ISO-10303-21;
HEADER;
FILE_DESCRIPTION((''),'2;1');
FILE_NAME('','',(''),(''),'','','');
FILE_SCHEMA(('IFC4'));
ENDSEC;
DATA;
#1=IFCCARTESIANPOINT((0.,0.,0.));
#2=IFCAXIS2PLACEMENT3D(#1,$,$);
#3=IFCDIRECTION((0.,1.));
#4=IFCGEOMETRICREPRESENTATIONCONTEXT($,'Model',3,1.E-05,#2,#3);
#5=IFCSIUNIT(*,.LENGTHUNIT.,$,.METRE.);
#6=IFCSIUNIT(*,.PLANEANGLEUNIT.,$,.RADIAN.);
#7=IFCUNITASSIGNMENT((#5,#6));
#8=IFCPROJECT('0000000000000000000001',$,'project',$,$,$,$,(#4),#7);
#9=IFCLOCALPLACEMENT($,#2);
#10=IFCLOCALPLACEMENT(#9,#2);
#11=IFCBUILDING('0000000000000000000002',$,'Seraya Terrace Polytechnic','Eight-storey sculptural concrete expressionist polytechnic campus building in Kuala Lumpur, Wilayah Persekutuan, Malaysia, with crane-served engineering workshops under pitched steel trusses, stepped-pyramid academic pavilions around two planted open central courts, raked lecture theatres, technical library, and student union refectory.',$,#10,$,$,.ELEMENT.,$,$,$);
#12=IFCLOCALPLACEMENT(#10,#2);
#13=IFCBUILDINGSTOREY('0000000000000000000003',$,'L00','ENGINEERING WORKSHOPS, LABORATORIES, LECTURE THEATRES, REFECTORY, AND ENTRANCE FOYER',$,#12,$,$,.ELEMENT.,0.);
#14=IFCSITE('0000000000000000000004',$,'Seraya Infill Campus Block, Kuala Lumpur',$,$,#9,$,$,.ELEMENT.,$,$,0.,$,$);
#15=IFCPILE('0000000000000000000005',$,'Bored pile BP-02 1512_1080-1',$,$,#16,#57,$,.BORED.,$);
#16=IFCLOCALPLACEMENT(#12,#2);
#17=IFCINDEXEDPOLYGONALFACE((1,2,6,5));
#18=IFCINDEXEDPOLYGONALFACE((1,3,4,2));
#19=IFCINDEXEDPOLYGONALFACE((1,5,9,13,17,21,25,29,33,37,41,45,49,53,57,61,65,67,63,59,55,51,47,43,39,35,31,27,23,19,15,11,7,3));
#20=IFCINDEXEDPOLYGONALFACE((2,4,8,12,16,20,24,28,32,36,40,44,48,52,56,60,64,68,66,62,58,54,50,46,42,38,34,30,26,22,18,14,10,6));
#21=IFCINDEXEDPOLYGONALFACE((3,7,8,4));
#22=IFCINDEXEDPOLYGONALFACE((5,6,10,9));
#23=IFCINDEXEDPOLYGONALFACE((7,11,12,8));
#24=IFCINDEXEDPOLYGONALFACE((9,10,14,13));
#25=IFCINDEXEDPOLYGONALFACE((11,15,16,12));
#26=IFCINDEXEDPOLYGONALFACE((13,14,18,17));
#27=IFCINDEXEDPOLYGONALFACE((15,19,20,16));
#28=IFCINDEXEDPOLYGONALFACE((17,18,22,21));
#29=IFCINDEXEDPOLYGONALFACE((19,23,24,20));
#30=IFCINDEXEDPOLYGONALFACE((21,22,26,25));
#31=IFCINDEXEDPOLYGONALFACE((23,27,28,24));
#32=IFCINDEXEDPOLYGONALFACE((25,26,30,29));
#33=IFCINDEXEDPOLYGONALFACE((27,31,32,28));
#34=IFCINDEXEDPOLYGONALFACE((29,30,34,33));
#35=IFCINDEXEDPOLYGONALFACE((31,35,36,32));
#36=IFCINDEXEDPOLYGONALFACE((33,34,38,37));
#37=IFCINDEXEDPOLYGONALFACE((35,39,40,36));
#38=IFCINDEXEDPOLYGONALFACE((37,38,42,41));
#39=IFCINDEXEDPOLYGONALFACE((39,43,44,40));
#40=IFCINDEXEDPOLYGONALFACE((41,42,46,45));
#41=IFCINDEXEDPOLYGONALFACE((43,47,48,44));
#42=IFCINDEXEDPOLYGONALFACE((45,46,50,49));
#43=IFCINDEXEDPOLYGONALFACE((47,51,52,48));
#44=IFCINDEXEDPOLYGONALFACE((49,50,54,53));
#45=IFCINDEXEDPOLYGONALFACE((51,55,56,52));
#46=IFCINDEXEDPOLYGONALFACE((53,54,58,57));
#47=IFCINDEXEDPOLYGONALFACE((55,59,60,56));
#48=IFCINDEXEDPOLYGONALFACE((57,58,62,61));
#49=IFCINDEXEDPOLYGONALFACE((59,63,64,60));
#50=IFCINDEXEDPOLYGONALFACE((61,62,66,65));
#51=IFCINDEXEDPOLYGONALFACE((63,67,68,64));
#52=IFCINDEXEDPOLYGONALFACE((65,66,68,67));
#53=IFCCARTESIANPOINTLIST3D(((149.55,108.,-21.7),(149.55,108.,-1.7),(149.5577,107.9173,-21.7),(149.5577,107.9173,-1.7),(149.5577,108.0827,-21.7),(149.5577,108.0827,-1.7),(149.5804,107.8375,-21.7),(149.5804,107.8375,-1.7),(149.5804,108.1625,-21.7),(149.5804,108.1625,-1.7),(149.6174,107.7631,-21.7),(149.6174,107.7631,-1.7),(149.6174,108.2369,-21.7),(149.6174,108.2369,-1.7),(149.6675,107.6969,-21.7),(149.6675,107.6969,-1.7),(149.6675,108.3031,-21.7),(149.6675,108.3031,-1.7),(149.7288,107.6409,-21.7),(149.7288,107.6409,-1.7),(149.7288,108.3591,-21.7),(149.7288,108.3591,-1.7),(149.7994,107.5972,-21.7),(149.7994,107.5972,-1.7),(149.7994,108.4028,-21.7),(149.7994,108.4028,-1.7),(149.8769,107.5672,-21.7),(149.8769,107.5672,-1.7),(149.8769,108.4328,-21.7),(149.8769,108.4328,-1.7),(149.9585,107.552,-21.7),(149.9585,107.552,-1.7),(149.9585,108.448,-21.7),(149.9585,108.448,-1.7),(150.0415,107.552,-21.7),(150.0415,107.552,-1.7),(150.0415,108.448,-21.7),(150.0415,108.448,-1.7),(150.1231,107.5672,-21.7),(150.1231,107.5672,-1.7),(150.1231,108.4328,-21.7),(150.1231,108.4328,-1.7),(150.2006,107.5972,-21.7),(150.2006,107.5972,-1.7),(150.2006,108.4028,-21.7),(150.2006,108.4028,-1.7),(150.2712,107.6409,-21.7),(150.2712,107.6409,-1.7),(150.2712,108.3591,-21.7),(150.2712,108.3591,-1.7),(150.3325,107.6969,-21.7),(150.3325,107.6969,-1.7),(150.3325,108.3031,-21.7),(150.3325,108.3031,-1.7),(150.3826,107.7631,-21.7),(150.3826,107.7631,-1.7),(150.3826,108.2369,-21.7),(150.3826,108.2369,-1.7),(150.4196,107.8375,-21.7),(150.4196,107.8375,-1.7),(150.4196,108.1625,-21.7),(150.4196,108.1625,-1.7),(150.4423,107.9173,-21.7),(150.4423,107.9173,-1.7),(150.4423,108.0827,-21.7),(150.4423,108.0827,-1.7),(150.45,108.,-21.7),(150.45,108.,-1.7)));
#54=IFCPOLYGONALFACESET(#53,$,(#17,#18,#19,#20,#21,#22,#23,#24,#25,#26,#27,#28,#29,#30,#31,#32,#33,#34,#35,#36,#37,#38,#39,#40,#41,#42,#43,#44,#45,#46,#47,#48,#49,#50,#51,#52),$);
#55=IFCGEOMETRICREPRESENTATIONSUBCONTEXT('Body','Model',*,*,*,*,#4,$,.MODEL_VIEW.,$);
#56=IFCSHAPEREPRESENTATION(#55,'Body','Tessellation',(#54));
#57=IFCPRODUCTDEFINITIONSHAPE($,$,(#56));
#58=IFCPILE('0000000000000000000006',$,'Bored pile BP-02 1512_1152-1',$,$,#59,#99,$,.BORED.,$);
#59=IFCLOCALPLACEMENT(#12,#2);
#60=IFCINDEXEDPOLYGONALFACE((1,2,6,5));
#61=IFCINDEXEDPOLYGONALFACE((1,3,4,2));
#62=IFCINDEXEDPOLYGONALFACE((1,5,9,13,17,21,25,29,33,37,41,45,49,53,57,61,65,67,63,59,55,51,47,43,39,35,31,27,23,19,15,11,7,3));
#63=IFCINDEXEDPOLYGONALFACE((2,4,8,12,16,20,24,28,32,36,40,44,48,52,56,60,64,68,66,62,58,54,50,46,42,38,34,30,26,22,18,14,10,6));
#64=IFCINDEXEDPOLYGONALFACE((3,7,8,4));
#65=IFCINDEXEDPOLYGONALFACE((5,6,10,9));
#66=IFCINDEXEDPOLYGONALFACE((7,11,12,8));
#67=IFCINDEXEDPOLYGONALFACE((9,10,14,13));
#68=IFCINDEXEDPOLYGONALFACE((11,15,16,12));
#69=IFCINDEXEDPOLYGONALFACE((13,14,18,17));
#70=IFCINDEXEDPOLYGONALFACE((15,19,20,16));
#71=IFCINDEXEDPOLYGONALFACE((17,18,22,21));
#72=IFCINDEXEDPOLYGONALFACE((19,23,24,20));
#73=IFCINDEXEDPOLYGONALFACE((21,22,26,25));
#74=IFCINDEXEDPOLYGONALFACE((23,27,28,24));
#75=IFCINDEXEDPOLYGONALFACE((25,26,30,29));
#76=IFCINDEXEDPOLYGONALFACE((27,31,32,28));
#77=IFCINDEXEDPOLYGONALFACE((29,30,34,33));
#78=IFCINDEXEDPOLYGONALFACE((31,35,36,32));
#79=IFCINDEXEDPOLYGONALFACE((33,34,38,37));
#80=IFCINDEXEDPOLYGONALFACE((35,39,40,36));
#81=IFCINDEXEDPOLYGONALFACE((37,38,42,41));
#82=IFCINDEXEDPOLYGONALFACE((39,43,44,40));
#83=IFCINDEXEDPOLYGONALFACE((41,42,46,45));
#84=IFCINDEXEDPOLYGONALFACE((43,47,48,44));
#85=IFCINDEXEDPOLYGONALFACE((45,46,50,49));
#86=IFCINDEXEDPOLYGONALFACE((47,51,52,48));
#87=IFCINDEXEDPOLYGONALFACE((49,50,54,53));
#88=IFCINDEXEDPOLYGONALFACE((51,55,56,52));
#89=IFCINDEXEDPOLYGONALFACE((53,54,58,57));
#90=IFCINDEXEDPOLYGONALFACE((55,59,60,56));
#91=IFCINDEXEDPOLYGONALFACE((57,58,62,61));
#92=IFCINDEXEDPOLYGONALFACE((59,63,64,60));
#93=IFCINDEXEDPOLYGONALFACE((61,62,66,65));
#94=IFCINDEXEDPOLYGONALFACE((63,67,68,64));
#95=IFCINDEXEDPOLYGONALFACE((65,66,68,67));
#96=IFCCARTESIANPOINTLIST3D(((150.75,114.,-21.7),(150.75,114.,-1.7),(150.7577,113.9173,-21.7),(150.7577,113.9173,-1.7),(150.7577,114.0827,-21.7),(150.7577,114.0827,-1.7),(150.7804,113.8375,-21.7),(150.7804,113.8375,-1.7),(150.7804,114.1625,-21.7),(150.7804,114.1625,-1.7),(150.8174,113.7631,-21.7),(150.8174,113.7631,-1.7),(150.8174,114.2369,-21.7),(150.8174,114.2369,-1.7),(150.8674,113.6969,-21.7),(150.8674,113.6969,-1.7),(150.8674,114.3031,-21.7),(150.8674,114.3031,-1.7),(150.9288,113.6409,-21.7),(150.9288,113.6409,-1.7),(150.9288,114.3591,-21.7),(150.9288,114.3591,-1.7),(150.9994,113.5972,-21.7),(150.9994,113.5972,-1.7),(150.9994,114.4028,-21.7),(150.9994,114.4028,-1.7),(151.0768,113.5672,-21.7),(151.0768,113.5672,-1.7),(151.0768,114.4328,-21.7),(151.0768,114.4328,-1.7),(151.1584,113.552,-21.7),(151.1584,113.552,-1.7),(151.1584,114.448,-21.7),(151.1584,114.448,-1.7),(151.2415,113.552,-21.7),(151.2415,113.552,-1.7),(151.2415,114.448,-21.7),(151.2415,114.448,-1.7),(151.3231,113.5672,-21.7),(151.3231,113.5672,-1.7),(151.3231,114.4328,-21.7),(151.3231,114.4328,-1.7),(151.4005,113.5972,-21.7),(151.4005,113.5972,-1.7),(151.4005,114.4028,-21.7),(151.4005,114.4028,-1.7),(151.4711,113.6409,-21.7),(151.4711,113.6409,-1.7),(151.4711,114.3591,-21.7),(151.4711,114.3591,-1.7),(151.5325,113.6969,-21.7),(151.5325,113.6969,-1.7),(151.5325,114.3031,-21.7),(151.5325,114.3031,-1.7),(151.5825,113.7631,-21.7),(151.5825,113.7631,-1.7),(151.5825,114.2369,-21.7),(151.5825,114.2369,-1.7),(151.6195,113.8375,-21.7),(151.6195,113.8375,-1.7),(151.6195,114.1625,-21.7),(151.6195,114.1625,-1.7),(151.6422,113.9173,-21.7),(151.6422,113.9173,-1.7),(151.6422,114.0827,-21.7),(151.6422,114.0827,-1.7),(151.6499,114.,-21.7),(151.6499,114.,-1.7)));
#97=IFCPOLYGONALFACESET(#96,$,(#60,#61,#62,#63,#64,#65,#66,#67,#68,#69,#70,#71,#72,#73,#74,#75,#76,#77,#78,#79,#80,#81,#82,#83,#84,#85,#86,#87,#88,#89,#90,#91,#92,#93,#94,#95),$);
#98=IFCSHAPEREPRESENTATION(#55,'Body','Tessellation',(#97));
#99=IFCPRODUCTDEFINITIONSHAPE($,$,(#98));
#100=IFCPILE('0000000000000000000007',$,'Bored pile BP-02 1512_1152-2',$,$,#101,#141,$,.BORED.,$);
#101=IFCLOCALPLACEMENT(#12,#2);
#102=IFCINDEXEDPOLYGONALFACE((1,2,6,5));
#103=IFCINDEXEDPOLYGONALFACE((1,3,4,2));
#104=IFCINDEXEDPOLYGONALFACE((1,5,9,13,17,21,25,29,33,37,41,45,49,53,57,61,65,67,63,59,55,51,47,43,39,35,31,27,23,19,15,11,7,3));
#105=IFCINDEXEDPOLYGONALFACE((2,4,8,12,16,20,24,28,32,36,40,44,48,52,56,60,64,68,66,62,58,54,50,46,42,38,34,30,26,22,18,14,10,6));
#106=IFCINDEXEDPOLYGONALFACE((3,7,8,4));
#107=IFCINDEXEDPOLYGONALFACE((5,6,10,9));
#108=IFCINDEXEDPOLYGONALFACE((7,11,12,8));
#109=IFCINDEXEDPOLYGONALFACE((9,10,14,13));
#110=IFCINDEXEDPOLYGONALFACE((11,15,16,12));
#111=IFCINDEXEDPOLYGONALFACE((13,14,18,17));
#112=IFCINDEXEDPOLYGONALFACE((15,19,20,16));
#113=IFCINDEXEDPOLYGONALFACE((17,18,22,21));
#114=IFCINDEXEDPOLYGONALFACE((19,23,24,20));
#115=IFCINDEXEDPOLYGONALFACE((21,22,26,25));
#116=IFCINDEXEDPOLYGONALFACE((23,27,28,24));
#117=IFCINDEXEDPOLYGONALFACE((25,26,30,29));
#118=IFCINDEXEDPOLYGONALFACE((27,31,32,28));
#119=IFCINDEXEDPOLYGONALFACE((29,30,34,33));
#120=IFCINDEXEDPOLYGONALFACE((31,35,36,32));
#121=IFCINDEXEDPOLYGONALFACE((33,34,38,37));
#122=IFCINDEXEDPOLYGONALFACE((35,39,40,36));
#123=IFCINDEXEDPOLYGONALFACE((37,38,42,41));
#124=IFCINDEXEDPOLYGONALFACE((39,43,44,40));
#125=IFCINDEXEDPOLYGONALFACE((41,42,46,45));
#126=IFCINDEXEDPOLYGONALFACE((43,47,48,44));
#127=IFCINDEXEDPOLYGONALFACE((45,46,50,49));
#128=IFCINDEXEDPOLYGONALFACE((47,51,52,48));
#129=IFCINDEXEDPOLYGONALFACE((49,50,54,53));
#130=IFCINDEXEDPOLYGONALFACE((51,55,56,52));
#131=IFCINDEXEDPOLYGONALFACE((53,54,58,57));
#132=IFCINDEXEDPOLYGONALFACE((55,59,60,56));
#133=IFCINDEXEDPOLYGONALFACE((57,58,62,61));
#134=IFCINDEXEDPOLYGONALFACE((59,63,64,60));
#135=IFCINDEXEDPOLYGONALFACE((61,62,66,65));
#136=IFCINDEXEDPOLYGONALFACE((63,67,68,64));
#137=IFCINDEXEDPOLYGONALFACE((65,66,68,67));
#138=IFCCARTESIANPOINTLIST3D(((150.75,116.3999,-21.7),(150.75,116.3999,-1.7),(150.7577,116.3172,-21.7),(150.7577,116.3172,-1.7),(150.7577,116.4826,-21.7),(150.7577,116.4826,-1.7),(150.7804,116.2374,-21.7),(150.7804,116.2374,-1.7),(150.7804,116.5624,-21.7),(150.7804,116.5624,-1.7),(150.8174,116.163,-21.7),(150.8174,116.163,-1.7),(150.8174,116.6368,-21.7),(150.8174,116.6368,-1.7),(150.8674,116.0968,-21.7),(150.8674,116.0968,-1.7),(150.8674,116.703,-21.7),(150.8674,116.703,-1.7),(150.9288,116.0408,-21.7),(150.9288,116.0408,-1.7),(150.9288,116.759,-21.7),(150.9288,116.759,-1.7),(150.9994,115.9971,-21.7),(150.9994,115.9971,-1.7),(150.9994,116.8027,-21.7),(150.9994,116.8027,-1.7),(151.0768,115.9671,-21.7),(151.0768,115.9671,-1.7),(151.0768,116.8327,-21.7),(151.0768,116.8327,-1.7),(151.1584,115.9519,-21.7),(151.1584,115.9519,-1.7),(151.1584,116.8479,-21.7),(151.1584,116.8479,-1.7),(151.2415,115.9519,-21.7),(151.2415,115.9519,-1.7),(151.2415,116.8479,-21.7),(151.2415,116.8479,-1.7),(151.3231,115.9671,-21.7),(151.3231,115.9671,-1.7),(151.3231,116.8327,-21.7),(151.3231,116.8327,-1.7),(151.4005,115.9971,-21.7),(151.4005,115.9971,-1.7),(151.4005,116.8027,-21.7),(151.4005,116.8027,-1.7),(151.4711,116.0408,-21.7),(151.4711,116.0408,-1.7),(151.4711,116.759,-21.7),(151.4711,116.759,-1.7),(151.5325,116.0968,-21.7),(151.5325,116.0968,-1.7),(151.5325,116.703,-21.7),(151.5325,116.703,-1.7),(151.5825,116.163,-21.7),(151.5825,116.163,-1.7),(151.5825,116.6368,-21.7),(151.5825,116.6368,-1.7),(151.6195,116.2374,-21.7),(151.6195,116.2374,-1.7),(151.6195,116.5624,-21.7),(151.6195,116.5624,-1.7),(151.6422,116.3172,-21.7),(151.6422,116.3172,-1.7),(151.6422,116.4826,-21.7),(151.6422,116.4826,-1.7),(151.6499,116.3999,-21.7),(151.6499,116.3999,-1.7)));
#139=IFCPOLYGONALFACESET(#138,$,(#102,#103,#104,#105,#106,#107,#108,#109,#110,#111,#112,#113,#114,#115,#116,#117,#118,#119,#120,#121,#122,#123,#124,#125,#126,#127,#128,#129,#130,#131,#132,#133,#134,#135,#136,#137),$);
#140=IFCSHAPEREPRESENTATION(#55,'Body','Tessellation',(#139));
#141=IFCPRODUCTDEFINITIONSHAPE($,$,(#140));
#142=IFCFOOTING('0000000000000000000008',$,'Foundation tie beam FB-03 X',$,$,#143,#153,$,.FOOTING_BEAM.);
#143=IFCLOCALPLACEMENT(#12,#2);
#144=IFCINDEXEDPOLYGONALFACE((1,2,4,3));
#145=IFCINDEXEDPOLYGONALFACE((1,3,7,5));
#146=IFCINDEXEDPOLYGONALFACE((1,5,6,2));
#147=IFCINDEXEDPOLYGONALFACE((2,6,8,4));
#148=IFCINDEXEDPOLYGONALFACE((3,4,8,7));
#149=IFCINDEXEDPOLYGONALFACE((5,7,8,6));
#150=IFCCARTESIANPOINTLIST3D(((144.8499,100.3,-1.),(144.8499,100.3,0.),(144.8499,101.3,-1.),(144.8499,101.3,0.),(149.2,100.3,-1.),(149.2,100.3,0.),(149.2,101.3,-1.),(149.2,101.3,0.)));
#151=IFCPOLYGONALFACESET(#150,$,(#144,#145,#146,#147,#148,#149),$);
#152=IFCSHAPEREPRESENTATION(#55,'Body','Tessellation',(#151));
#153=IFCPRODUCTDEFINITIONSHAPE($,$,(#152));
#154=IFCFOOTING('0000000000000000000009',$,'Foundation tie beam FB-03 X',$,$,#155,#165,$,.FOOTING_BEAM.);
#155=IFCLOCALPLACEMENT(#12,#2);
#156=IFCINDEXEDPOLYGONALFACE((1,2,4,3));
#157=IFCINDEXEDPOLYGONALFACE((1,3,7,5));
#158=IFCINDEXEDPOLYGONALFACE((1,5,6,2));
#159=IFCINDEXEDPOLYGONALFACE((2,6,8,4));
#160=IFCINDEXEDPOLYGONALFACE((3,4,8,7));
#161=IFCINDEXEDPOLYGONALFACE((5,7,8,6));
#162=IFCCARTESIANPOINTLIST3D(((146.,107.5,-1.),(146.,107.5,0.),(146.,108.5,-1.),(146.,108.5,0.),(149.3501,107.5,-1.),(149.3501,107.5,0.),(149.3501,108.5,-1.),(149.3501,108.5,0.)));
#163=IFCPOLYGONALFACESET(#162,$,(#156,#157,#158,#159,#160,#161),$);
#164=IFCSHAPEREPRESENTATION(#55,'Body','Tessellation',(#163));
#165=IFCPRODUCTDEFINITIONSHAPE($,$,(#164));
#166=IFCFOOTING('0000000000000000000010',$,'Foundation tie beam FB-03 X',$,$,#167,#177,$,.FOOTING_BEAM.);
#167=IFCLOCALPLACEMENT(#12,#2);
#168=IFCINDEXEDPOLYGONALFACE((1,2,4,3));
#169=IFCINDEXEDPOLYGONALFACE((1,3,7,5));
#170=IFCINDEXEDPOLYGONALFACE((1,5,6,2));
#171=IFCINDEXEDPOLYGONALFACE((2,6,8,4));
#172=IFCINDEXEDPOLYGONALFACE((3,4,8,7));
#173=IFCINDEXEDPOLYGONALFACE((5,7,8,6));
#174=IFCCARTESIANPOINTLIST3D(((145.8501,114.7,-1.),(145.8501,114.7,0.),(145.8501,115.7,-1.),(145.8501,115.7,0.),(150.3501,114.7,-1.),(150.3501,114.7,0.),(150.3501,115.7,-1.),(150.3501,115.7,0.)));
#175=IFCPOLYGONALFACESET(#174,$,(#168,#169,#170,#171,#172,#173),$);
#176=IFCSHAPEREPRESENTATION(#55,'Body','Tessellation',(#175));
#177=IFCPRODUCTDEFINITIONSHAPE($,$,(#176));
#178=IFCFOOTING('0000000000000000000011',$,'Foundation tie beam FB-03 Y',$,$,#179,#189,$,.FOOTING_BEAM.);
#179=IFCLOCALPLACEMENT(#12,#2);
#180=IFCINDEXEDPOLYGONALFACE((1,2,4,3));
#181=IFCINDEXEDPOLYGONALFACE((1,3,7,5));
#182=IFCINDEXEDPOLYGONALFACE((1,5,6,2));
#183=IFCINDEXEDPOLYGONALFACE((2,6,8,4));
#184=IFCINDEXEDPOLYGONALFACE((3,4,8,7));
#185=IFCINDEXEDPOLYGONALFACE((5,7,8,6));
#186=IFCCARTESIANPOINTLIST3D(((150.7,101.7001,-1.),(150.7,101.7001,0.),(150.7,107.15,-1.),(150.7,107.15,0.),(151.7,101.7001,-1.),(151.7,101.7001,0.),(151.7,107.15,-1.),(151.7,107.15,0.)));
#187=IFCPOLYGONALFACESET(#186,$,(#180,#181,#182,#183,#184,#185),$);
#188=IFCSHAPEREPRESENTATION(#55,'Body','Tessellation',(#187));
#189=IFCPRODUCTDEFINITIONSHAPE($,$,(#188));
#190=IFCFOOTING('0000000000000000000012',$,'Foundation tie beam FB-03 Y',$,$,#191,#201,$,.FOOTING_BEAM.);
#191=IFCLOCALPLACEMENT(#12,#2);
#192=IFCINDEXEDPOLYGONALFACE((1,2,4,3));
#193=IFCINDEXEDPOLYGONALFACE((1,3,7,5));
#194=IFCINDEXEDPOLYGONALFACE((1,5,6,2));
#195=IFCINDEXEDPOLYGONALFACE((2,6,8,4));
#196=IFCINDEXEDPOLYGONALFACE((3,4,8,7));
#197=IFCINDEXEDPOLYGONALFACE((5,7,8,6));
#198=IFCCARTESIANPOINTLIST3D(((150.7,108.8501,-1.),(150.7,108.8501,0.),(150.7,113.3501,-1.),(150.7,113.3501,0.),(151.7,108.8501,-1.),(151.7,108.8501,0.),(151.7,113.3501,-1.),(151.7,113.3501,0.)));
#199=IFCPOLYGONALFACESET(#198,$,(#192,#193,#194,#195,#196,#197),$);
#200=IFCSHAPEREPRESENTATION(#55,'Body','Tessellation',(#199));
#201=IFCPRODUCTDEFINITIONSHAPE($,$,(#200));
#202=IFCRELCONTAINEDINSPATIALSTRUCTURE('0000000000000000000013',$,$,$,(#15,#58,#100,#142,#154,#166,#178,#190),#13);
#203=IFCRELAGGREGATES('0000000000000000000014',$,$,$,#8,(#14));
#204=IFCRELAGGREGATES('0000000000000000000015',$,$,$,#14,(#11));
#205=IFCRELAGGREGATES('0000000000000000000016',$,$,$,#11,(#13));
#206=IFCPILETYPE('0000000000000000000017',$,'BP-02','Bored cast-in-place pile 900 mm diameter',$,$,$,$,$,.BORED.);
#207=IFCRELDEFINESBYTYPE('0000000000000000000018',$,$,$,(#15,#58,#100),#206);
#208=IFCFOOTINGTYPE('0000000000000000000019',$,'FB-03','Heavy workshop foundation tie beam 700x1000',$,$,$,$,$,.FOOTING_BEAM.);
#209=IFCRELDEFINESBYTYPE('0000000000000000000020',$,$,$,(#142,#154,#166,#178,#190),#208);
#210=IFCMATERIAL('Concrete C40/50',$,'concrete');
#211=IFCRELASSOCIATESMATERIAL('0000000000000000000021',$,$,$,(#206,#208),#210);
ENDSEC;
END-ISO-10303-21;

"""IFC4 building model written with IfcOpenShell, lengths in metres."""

from ifc_helpers import new_model, si_unit, direction, frame, origin, origin_2d, place, context, subcontext, project, spatial, rectangle, circle, extrude, material, material_profile, profile_set, type_object, element, save


model = new_model("IFC4")

# Units and contexts
model_context = context("Model", 3, precision=1e-05, world=origin(), true_north=direction((0.0, 1.0)))
body_context = subcontext(model_context, "Body", "Model", "MODEL_VIEW")
ifc_project = project(units=[si_unit("LENGTHUNIT", "METRE"), si_unit("PLANEANGLEUNIT", "RADIAN")], contexts=[model_context])

# Site, building, storey
site_placement = place(None, origin())
site = spatial("IfcSite", under=ifc_project, at=site_placement, Name="Seraya Infill Campus Block, Kuala Lumpur", CompositionType="ELEMENT", RefElevation=0.0)
building_placement = place(site_placement, origin())
building = spatial("IfcBuilding", under=site, at=building_placement, Name="Seraya Terrace Polytechnic", Description="Eight-storey sculptural concrete expressionist polytechnic campus building in Kuala Lumpur, Wilayah Persekutuan, Malaysia, with crane-served engineering workshops under pitched steel trusses, stepped-pyramid academic pavilions around two planted open central courts, raked lecture theatres, technical library, and student union refectory.", CompositionType="ELEMENT")
storey_placement = place(building_placement, origin())
storey = spatial("IfcBuildingStorey", under=building, at=storey_placement, Name="L00", Description="ENGINEERING WORKSHOPS, LABORATORIES, LECTURE THEATRES, REFECTORY, AND ENTRANCE FOYER", CompositionType="ELEMENT", Elevation=0.0)

# Piles
ifc_material_1 = material(Name="Concrete C40/50", Category="concrete")
ifc_material_profile_1 = material_profile(ifc_material_1, circle(Radius=0.45, at=origin_2d()), Name="DIA 900")
ifc_profile_set_1 = profile_set([ifc_material_profile_1], Name="Concrete C40/50")
pile_type = type_object("IfcPileType", Name="BP-02", Description="Bored cast-in-place pile 900 mm diameter", PredefinedType="BORED", material=ifc_profile_set_1)
for number, where, z_axis, x_axis, name in (
    (1, (150.0, 108.0, -1.7), (0.0, 0.0, -1.0), (1.0, 0.0, 0.0), "Bored pile BP-02 1512_1080-1"),
    (2, (151.2, 114.0, -1.7), (0.0, 0.0, -1.0), (1.0, 0.0, 0.0), "Bored pile BP-02 1512_1152-1"),
    (3, (151.2, 116.3999, -1.7), (0.0, 0.0, -1.0), (1.0, 0.0, 0.0), "Bored pile BP-02 1512_1152-2"),
):
    element("IfcPile", number, at=place(storey_placement, frame(where, z_axis=z_axis, x_axis=x_axis)), inside=storey, type_object=pile_type, Name=name, PredefinedType="BORED", context=body_context, shape_type="SweptSolid", body=[
        extrude(circle(Radius=0.45, at=origin_2d()), origin(), (0.0, 0.0, 1.0), 20.0),
    ])

# Footings
footing_type_1 = type_object("IfcFootingType", Name="FB-03", Description="Heavy workshop foundation tie beam 700x1000", PredefinedType="FOOTING_BEAM", material=ifc_material_1)
footing_1_placement = place(storey_placement, frame((147.0249, 100.8, -1.0), z_axis=(0.0, 0.0, 1.0), x_axis=(1.0, 0.0, 0.0)))
element("IfcFooting", 4, at=footing_1_placement, inside=storey, type_object=footing_type_1, Name="Foundation tie beam FB-03 X", PredefinedType="FOOTING_BEAM", context=body_context, shape_type="SweptSolid", body=[
    extrude(rectangle(XDim=4.3501, YDim=1.0, at=origin_2d()), origin(), (0.0, 0.0, 1.0), 1.0),
])
footing_2_placement = place(storey_placement, frame((147.675, 108.0, -1.0), z_axis=(0.0, 0.0, 1.0), x_axis=(1.0, 0.0, 0.0)))
element("IfcFooting", 5, at=footing_2_placement, inside=storey, type_object=footing_type_1, Name="Foundation tie beam FB-03 X", PredefinedType="FOOTING_BEAM", context=body_context, shape_type="SweptSolid", body=[
    extrude(rectangle(XDim=3.3501, YDim=1.0, at=origin_2d()), origin(), (0.0, 0.0, 1.0), 1.0),
])
footing_3_placement = place(storey_placement, frame((148.1001, 115.2, -1.0), z_axis=(0.0, 0.0, 1.0), x_axis=(1.0, 0.0, 0.0)))
element("IfcFooting", 6, at=footing_3_placement, inside=storey, type_object=footing_type_1, Name="Foundation tie beam FB-03 X", PredefinedType="FOOTING_BEAM", context=body_context, shape_type="SweptSolid", body=[
    extrude(rectangle(XDim=4.5, YDim=1.0, at=origin_2d()), origin(), (0.0, 0.0, 1.0), 1.0),
])
footing_4_placement = place(storey_placement, frame((151.2, 104.425, -1.0), z_axis=(0.0, 0.0, 1.0), x_axis=(0.0, 1.0, 0.0)))
element("IfcFooting", 7, at=footing_4_placement, inside=storey, type_object=footing_type_1, Name="Foundation tie beam FB-03 Y", PredefinedType="FOOTING_BEAM", context=body_context, shape_type="SweptSolid", body=[
    extrude(rectangle(XDim=5.45, YDim=1.0, at=origin_2d()), origin(), (0.0, 0.0, 1.0), 1.0),
])
footing_5_placement = place(storey_placement, frame((151.2, 111.1001, -1.0), z_axis=(0.0, 0.0, 1.0), x_axis=(0.0, 1.0, 0.0)))
element("IfcFooting", 8, at=footing_5_placement, inside=storey, type_object=footing_type_1, Name="Foundation tie beam FB-03 Y", PredefinedType="FOOTING_BEAM", context=body_context, shape_type="SweptSolid", body=[
    extrude(rectangle(XDim=4.5, YDim=1.0, at=origin_2d()), origin(), (0.0, 0.0, 1.0), 1.0),
])

save(model, "model.ifc")
